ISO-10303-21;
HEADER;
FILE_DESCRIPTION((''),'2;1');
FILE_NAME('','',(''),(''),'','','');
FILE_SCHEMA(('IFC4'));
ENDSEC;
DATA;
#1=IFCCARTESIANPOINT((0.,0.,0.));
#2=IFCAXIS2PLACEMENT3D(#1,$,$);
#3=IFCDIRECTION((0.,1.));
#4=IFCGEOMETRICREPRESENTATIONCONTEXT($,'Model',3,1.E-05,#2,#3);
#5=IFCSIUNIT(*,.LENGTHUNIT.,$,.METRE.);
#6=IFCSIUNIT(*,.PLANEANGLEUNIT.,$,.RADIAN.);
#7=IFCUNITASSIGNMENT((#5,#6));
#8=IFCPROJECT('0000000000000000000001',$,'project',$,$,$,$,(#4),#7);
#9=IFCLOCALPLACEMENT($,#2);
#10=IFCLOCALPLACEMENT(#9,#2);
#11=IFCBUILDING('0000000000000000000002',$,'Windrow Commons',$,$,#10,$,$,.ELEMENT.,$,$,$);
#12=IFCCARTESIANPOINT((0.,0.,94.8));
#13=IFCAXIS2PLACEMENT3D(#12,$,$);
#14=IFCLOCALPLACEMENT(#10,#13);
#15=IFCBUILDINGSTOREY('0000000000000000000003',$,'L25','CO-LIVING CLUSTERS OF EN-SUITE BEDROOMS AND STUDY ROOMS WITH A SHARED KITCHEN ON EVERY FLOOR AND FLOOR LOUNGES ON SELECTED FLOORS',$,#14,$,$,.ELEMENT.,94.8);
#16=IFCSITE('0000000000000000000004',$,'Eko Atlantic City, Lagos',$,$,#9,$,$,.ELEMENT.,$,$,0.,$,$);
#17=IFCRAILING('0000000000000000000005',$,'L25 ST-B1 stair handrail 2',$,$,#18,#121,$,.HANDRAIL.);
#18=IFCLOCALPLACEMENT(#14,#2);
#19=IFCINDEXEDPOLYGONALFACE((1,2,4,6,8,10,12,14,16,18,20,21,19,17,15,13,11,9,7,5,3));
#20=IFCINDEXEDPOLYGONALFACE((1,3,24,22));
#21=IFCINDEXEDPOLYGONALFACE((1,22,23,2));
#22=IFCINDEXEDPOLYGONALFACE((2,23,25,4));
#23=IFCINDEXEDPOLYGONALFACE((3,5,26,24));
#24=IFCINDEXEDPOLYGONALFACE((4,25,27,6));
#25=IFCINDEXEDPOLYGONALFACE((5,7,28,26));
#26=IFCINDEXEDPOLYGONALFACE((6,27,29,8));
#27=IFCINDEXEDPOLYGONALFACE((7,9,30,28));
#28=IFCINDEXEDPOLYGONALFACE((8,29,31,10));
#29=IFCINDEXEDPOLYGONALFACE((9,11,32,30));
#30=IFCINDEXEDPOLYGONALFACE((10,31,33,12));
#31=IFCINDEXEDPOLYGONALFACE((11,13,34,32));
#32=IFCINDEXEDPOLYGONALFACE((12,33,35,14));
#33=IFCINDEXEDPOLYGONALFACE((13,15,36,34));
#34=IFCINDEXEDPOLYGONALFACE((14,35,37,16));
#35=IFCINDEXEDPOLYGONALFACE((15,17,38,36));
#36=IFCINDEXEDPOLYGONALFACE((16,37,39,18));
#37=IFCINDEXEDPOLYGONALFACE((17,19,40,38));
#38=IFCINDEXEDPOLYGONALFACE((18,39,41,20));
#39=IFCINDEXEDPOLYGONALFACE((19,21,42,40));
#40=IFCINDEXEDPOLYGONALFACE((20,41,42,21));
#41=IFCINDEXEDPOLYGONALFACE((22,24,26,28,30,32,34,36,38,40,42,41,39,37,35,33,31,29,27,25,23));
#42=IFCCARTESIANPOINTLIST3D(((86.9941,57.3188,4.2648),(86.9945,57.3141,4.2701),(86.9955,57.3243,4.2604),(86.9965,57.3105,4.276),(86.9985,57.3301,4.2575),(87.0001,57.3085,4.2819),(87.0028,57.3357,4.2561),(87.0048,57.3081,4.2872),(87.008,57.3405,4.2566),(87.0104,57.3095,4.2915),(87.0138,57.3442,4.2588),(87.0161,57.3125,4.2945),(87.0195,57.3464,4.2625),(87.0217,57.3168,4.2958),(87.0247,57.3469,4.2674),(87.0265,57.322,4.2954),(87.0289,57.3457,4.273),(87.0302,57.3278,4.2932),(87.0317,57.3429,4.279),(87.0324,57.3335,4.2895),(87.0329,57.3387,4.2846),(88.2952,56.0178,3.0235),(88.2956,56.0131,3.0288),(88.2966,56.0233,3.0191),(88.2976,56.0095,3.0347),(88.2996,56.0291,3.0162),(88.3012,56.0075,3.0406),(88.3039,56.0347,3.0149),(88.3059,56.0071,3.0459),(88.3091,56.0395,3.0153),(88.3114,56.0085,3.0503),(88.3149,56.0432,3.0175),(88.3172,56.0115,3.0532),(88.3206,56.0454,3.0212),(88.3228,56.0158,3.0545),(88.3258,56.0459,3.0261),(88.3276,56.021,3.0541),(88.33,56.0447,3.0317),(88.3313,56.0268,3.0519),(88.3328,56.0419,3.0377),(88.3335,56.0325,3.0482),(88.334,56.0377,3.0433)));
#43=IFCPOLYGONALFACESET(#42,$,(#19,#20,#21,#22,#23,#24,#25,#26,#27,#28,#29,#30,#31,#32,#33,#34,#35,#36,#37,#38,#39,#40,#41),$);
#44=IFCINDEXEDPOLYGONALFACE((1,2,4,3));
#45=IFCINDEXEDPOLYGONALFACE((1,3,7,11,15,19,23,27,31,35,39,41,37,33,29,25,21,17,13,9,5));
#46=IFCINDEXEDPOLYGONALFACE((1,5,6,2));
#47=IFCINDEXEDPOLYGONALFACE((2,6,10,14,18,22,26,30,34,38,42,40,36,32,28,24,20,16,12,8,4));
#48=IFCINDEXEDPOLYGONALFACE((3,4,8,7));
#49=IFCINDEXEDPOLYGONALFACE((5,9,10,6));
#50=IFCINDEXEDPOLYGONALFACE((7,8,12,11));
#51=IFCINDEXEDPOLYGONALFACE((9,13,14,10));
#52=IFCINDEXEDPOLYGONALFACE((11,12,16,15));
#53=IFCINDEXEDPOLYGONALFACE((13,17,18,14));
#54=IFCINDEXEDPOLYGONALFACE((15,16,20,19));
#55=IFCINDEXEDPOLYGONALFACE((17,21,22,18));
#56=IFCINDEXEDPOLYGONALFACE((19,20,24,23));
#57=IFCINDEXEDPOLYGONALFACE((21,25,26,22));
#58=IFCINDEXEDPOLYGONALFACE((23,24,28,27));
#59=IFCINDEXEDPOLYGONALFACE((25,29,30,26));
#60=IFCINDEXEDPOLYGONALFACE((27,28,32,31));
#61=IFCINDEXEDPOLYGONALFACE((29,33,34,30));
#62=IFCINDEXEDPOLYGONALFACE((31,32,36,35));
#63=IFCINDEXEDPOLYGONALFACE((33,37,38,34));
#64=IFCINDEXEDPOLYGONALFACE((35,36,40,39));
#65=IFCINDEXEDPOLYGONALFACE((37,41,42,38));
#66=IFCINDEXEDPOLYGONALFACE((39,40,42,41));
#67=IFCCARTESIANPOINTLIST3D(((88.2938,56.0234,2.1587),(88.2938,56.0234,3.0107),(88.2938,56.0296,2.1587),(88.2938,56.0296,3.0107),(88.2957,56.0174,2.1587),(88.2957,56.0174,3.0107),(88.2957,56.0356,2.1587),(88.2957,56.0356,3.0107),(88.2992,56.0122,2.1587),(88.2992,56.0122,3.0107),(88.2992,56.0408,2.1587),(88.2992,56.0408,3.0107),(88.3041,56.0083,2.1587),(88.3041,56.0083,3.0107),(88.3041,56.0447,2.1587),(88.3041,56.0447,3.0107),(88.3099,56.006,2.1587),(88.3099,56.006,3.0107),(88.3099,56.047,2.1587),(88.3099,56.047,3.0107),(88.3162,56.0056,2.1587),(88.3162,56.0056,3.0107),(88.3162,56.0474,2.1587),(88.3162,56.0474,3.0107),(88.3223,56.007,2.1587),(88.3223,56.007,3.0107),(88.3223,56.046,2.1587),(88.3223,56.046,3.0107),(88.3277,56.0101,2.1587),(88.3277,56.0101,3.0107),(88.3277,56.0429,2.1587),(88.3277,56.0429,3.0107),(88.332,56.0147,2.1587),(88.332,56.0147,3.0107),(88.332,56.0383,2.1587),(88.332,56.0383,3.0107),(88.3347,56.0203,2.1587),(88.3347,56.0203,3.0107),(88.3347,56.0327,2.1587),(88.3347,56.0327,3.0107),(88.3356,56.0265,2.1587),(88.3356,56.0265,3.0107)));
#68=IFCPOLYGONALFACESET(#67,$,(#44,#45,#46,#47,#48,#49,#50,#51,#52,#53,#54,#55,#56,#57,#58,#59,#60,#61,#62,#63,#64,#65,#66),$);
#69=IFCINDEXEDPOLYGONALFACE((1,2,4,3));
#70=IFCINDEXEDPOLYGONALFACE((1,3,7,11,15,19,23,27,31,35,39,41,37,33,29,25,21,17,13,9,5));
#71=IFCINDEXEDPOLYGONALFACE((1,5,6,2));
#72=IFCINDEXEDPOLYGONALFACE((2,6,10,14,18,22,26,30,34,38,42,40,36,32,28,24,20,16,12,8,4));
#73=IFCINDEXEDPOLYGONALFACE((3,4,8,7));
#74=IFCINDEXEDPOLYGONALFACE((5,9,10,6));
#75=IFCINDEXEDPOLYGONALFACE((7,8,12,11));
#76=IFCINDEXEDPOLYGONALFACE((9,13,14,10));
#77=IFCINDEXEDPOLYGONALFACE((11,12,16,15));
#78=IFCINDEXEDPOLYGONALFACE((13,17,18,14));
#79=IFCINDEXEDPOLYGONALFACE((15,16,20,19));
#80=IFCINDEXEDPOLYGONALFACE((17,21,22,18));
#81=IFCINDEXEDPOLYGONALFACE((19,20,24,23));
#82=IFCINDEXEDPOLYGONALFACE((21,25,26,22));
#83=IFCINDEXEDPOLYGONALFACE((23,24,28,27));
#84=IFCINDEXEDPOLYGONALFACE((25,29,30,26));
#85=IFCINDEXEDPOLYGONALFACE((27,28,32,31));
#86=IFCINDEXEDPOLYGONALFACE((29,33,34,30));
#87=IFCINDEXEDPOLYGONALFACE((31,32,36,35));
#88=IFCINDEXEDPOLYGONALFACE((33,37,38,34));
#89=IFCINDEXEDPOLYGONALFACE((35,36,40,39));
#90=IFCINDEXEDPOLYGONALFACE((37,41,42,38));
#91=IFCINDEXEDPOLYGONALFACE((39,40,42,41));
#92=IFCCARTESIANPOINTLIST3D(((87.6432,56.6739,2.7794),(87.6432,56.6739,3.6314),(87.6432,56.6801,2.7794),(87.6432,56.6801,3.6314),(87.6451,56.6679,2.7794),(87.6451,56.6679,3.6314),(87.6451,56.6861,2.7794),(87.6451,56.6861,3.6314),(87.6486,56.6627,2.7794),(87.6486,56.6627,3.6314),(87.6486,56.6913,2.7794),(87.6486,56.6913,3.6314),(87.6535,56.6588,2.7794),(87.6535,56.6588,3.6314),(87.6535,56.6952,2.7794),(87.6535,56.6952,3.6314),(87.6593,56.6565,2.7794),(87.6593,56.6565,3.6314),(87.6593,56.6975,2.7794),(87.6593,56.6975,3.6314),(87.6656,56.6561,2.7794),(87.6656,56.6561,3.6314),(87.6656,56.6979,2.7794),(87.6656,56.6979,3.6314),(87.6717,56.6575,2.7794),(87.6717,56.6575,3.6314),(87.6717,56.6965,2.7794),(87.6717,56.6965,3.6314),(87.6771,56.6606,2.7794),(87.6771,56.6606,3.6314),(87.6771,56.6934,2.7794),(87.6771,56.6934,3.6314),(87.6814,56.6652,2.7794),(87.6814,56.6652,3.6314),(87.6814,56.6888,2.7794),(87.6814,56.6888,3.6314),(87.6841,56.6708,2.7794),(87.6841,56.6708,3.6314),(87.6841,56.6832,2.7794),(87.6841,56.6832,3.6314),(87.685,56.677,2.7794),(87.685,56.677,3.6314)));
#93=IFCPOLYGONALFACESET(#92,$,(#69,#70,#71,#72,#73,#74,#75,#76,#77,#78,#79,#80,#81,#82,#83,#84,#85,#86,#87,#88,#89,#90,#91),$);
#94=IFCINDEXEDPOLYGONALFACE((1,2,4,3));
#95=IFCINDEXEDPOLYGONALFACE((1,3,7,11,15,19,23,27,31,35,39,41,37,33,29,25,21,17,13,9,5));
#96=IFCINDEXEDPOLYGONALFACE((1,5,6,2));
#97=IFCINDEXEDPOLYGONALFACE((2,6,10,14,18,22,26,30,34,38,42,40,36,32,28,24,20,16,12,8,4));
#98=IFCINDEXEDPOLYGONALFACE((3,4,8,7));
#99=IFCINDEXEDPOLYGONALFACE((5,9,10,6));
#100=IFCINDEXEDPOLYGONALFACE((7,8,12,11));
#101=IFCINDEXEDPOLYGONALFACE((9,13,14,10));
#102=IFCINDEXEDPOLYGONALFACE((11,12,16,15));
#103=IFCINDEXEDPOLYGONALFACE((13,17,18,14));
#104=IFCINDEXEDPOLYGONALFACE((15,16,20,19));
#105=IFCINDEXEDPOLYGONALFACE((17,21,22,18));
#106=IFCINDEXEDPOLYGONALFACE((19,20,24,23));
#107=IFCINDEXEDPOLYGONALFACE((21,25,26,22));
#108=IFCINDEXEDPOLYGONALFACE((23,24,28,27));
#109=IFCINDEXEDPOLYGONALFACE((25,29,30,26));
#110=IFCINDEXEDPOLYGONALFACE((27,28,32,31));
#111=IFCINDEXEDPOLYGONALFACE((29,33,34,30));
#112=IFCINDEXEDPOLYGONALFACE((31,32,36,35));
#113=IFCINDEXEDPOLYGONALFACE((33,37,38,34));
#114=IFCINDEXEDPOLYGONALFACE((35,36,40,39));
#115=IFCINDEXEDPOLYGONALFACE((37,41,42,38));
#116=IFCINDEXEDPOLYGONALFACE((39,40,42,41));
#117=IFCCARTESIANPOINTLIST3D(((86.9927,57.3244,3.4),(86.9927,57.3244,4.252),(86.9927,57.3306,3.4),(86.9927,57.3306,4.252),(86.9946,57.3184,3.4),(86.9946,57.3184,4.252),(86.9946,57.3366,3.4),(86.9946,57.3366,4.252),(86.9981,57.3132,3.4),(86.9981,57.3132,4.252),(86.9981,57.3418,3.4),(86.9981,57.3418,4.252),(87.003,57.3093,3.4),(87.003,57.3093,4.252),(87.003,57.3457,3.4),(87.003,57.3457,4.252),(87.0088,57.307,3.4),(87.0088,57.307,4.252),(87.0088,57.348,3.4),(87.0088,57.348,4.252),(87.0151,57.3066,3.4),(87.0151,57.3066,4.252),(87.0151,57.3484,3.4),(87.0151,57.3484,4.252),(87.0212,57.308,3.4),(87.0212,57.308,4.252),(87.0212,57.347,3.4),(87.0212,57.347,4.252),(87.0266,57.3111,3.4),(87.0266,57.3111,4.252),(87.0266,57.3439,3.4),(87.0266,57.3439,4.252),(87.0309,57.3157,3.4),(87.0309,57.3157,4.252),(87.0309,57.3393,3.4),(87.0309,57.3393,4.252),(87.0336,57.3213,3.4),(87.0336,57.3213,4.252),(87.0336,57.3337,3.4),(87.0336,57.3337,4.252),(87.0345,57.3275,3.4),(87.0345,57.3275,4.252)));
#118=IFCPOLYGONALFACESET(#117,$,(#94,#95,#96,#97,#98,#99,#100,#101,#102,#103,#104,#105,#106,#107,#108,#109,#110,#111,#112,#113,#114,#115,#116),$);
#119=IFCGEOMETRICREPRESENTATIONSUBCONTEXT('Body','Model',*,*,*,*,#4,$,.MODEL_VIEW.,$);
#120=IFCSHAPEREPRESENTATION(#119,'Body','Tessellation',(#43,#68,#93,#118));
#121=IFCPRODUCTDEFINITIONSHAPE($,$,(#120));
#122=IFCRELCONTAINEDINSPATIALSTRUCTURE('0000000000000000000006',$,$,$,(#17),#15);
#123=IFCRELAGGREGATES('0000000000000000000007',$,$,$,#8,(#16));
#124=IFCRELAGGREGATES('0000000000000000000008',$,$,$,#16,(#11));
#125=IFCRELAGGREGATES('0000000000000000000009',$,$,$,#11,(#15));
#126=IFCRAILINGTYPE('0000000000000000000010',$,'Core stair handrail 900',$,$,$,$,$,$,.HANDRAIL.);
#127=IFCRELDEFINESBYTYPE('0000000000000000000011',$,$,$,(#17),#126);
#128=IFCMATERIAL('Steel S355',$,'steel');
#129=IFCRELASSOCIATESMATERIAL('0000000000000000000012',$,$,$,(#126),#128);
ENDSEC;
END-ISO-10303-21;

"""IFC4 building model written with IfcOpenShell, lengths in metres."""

from ifc_helpers import new_model, si_unit, direction, frame, origin, origin_2d, place, context, subcontext, project, spatial, circle, extrude, material, type_object, element, save


model = new_model("IFC4")

# Units and contexts
model_context = context("Model", 3, precision=1e-05, world=origin(), true_north=direction((0.0, 1.0)))
body_context = subcontext(model_context, "Body", "Model", "MODEL_VIEW")
ifc_project = project(units=[si_unit("LENGTHUNIT", "METRE"), si_unit("PLANEANGLEUNIT", "RADIAN")], contexts=[model_context])

# Site, building, storey
site_placement = place(None, origin())
site = spatial("IfcSite", under=ifc_project, at=site_placement, Name="Eko Atlantic City, Lagos", CompositionType="ELEMENT", RefElevation=0.0)
building_placement = place(site_placement, origin())
building = spatial("IfcBuilding", under=site, at=building_placement, Name="Windrow Commons", CompositionType="ELEMENT")
storey_placement = place(building_placement, frame((0.0, 0.0, 94.8)))
storey = spatial("IfcBuildingStorey", under=building, at=storey_placement, Name="L25", Description="CO-LIVING CLUSTERS OF EN-SUITE BEDROOMS AND STUDY ROOMS WITH A SHARED KITCHEN ON EVERY FLOOR AND FLOOR LOUNGES ON SELECTED FLOORS", CompositionType="ELEMENT", Elevation=94.8)

# Railing
ifc_material_1 = material(Name="Steel S355", Category="steel")
railing_type_1 = type_object("IfcRailingType", Name="Core stair handrail 900", PredefinedType="HANDRAIL", material=ifc_material_1)
railing_1_placement = place(storey_placement, frame((88.3146, 56.0265, 2.1587)))
element("IfcRailing", 1, at=railing_1_placement, inside=storey, type_object=railing_type_1, Name="L25 ST-B1 stair handrail 2", PredefinedType="HANDRAIL", context=body_context, shape_type="SweptSolid", body=[
    extrude(circle(Radius=0.024, at=origin_2d()), frame((0.0, 0.0, 0.876), z_axis=(-0.586207, 0.586162, 0.559264), x_axis=(-0.70708, -0.707134, 0.0)), (0.0, 0.0, 1.0), 2.2195),
    extrude(circle(Radius=0.021, at=origin_2d()), origin(), (0.0, 0.0, 1.0), 0.852),
    extrude(circle(Radius=0.021, at=origin_2d()), frame((-0.6506, 0.6505, 0.6207)), (0.0, 0.0, 1.0), 0.852),
    extrude(circle(Radius=0.021, at=origin_2d()), frame((-1.3011, 1.301, 1.2413)), (0.0, 0.0, 1.0), 0.852),
])

save(model, "model.ifc")
